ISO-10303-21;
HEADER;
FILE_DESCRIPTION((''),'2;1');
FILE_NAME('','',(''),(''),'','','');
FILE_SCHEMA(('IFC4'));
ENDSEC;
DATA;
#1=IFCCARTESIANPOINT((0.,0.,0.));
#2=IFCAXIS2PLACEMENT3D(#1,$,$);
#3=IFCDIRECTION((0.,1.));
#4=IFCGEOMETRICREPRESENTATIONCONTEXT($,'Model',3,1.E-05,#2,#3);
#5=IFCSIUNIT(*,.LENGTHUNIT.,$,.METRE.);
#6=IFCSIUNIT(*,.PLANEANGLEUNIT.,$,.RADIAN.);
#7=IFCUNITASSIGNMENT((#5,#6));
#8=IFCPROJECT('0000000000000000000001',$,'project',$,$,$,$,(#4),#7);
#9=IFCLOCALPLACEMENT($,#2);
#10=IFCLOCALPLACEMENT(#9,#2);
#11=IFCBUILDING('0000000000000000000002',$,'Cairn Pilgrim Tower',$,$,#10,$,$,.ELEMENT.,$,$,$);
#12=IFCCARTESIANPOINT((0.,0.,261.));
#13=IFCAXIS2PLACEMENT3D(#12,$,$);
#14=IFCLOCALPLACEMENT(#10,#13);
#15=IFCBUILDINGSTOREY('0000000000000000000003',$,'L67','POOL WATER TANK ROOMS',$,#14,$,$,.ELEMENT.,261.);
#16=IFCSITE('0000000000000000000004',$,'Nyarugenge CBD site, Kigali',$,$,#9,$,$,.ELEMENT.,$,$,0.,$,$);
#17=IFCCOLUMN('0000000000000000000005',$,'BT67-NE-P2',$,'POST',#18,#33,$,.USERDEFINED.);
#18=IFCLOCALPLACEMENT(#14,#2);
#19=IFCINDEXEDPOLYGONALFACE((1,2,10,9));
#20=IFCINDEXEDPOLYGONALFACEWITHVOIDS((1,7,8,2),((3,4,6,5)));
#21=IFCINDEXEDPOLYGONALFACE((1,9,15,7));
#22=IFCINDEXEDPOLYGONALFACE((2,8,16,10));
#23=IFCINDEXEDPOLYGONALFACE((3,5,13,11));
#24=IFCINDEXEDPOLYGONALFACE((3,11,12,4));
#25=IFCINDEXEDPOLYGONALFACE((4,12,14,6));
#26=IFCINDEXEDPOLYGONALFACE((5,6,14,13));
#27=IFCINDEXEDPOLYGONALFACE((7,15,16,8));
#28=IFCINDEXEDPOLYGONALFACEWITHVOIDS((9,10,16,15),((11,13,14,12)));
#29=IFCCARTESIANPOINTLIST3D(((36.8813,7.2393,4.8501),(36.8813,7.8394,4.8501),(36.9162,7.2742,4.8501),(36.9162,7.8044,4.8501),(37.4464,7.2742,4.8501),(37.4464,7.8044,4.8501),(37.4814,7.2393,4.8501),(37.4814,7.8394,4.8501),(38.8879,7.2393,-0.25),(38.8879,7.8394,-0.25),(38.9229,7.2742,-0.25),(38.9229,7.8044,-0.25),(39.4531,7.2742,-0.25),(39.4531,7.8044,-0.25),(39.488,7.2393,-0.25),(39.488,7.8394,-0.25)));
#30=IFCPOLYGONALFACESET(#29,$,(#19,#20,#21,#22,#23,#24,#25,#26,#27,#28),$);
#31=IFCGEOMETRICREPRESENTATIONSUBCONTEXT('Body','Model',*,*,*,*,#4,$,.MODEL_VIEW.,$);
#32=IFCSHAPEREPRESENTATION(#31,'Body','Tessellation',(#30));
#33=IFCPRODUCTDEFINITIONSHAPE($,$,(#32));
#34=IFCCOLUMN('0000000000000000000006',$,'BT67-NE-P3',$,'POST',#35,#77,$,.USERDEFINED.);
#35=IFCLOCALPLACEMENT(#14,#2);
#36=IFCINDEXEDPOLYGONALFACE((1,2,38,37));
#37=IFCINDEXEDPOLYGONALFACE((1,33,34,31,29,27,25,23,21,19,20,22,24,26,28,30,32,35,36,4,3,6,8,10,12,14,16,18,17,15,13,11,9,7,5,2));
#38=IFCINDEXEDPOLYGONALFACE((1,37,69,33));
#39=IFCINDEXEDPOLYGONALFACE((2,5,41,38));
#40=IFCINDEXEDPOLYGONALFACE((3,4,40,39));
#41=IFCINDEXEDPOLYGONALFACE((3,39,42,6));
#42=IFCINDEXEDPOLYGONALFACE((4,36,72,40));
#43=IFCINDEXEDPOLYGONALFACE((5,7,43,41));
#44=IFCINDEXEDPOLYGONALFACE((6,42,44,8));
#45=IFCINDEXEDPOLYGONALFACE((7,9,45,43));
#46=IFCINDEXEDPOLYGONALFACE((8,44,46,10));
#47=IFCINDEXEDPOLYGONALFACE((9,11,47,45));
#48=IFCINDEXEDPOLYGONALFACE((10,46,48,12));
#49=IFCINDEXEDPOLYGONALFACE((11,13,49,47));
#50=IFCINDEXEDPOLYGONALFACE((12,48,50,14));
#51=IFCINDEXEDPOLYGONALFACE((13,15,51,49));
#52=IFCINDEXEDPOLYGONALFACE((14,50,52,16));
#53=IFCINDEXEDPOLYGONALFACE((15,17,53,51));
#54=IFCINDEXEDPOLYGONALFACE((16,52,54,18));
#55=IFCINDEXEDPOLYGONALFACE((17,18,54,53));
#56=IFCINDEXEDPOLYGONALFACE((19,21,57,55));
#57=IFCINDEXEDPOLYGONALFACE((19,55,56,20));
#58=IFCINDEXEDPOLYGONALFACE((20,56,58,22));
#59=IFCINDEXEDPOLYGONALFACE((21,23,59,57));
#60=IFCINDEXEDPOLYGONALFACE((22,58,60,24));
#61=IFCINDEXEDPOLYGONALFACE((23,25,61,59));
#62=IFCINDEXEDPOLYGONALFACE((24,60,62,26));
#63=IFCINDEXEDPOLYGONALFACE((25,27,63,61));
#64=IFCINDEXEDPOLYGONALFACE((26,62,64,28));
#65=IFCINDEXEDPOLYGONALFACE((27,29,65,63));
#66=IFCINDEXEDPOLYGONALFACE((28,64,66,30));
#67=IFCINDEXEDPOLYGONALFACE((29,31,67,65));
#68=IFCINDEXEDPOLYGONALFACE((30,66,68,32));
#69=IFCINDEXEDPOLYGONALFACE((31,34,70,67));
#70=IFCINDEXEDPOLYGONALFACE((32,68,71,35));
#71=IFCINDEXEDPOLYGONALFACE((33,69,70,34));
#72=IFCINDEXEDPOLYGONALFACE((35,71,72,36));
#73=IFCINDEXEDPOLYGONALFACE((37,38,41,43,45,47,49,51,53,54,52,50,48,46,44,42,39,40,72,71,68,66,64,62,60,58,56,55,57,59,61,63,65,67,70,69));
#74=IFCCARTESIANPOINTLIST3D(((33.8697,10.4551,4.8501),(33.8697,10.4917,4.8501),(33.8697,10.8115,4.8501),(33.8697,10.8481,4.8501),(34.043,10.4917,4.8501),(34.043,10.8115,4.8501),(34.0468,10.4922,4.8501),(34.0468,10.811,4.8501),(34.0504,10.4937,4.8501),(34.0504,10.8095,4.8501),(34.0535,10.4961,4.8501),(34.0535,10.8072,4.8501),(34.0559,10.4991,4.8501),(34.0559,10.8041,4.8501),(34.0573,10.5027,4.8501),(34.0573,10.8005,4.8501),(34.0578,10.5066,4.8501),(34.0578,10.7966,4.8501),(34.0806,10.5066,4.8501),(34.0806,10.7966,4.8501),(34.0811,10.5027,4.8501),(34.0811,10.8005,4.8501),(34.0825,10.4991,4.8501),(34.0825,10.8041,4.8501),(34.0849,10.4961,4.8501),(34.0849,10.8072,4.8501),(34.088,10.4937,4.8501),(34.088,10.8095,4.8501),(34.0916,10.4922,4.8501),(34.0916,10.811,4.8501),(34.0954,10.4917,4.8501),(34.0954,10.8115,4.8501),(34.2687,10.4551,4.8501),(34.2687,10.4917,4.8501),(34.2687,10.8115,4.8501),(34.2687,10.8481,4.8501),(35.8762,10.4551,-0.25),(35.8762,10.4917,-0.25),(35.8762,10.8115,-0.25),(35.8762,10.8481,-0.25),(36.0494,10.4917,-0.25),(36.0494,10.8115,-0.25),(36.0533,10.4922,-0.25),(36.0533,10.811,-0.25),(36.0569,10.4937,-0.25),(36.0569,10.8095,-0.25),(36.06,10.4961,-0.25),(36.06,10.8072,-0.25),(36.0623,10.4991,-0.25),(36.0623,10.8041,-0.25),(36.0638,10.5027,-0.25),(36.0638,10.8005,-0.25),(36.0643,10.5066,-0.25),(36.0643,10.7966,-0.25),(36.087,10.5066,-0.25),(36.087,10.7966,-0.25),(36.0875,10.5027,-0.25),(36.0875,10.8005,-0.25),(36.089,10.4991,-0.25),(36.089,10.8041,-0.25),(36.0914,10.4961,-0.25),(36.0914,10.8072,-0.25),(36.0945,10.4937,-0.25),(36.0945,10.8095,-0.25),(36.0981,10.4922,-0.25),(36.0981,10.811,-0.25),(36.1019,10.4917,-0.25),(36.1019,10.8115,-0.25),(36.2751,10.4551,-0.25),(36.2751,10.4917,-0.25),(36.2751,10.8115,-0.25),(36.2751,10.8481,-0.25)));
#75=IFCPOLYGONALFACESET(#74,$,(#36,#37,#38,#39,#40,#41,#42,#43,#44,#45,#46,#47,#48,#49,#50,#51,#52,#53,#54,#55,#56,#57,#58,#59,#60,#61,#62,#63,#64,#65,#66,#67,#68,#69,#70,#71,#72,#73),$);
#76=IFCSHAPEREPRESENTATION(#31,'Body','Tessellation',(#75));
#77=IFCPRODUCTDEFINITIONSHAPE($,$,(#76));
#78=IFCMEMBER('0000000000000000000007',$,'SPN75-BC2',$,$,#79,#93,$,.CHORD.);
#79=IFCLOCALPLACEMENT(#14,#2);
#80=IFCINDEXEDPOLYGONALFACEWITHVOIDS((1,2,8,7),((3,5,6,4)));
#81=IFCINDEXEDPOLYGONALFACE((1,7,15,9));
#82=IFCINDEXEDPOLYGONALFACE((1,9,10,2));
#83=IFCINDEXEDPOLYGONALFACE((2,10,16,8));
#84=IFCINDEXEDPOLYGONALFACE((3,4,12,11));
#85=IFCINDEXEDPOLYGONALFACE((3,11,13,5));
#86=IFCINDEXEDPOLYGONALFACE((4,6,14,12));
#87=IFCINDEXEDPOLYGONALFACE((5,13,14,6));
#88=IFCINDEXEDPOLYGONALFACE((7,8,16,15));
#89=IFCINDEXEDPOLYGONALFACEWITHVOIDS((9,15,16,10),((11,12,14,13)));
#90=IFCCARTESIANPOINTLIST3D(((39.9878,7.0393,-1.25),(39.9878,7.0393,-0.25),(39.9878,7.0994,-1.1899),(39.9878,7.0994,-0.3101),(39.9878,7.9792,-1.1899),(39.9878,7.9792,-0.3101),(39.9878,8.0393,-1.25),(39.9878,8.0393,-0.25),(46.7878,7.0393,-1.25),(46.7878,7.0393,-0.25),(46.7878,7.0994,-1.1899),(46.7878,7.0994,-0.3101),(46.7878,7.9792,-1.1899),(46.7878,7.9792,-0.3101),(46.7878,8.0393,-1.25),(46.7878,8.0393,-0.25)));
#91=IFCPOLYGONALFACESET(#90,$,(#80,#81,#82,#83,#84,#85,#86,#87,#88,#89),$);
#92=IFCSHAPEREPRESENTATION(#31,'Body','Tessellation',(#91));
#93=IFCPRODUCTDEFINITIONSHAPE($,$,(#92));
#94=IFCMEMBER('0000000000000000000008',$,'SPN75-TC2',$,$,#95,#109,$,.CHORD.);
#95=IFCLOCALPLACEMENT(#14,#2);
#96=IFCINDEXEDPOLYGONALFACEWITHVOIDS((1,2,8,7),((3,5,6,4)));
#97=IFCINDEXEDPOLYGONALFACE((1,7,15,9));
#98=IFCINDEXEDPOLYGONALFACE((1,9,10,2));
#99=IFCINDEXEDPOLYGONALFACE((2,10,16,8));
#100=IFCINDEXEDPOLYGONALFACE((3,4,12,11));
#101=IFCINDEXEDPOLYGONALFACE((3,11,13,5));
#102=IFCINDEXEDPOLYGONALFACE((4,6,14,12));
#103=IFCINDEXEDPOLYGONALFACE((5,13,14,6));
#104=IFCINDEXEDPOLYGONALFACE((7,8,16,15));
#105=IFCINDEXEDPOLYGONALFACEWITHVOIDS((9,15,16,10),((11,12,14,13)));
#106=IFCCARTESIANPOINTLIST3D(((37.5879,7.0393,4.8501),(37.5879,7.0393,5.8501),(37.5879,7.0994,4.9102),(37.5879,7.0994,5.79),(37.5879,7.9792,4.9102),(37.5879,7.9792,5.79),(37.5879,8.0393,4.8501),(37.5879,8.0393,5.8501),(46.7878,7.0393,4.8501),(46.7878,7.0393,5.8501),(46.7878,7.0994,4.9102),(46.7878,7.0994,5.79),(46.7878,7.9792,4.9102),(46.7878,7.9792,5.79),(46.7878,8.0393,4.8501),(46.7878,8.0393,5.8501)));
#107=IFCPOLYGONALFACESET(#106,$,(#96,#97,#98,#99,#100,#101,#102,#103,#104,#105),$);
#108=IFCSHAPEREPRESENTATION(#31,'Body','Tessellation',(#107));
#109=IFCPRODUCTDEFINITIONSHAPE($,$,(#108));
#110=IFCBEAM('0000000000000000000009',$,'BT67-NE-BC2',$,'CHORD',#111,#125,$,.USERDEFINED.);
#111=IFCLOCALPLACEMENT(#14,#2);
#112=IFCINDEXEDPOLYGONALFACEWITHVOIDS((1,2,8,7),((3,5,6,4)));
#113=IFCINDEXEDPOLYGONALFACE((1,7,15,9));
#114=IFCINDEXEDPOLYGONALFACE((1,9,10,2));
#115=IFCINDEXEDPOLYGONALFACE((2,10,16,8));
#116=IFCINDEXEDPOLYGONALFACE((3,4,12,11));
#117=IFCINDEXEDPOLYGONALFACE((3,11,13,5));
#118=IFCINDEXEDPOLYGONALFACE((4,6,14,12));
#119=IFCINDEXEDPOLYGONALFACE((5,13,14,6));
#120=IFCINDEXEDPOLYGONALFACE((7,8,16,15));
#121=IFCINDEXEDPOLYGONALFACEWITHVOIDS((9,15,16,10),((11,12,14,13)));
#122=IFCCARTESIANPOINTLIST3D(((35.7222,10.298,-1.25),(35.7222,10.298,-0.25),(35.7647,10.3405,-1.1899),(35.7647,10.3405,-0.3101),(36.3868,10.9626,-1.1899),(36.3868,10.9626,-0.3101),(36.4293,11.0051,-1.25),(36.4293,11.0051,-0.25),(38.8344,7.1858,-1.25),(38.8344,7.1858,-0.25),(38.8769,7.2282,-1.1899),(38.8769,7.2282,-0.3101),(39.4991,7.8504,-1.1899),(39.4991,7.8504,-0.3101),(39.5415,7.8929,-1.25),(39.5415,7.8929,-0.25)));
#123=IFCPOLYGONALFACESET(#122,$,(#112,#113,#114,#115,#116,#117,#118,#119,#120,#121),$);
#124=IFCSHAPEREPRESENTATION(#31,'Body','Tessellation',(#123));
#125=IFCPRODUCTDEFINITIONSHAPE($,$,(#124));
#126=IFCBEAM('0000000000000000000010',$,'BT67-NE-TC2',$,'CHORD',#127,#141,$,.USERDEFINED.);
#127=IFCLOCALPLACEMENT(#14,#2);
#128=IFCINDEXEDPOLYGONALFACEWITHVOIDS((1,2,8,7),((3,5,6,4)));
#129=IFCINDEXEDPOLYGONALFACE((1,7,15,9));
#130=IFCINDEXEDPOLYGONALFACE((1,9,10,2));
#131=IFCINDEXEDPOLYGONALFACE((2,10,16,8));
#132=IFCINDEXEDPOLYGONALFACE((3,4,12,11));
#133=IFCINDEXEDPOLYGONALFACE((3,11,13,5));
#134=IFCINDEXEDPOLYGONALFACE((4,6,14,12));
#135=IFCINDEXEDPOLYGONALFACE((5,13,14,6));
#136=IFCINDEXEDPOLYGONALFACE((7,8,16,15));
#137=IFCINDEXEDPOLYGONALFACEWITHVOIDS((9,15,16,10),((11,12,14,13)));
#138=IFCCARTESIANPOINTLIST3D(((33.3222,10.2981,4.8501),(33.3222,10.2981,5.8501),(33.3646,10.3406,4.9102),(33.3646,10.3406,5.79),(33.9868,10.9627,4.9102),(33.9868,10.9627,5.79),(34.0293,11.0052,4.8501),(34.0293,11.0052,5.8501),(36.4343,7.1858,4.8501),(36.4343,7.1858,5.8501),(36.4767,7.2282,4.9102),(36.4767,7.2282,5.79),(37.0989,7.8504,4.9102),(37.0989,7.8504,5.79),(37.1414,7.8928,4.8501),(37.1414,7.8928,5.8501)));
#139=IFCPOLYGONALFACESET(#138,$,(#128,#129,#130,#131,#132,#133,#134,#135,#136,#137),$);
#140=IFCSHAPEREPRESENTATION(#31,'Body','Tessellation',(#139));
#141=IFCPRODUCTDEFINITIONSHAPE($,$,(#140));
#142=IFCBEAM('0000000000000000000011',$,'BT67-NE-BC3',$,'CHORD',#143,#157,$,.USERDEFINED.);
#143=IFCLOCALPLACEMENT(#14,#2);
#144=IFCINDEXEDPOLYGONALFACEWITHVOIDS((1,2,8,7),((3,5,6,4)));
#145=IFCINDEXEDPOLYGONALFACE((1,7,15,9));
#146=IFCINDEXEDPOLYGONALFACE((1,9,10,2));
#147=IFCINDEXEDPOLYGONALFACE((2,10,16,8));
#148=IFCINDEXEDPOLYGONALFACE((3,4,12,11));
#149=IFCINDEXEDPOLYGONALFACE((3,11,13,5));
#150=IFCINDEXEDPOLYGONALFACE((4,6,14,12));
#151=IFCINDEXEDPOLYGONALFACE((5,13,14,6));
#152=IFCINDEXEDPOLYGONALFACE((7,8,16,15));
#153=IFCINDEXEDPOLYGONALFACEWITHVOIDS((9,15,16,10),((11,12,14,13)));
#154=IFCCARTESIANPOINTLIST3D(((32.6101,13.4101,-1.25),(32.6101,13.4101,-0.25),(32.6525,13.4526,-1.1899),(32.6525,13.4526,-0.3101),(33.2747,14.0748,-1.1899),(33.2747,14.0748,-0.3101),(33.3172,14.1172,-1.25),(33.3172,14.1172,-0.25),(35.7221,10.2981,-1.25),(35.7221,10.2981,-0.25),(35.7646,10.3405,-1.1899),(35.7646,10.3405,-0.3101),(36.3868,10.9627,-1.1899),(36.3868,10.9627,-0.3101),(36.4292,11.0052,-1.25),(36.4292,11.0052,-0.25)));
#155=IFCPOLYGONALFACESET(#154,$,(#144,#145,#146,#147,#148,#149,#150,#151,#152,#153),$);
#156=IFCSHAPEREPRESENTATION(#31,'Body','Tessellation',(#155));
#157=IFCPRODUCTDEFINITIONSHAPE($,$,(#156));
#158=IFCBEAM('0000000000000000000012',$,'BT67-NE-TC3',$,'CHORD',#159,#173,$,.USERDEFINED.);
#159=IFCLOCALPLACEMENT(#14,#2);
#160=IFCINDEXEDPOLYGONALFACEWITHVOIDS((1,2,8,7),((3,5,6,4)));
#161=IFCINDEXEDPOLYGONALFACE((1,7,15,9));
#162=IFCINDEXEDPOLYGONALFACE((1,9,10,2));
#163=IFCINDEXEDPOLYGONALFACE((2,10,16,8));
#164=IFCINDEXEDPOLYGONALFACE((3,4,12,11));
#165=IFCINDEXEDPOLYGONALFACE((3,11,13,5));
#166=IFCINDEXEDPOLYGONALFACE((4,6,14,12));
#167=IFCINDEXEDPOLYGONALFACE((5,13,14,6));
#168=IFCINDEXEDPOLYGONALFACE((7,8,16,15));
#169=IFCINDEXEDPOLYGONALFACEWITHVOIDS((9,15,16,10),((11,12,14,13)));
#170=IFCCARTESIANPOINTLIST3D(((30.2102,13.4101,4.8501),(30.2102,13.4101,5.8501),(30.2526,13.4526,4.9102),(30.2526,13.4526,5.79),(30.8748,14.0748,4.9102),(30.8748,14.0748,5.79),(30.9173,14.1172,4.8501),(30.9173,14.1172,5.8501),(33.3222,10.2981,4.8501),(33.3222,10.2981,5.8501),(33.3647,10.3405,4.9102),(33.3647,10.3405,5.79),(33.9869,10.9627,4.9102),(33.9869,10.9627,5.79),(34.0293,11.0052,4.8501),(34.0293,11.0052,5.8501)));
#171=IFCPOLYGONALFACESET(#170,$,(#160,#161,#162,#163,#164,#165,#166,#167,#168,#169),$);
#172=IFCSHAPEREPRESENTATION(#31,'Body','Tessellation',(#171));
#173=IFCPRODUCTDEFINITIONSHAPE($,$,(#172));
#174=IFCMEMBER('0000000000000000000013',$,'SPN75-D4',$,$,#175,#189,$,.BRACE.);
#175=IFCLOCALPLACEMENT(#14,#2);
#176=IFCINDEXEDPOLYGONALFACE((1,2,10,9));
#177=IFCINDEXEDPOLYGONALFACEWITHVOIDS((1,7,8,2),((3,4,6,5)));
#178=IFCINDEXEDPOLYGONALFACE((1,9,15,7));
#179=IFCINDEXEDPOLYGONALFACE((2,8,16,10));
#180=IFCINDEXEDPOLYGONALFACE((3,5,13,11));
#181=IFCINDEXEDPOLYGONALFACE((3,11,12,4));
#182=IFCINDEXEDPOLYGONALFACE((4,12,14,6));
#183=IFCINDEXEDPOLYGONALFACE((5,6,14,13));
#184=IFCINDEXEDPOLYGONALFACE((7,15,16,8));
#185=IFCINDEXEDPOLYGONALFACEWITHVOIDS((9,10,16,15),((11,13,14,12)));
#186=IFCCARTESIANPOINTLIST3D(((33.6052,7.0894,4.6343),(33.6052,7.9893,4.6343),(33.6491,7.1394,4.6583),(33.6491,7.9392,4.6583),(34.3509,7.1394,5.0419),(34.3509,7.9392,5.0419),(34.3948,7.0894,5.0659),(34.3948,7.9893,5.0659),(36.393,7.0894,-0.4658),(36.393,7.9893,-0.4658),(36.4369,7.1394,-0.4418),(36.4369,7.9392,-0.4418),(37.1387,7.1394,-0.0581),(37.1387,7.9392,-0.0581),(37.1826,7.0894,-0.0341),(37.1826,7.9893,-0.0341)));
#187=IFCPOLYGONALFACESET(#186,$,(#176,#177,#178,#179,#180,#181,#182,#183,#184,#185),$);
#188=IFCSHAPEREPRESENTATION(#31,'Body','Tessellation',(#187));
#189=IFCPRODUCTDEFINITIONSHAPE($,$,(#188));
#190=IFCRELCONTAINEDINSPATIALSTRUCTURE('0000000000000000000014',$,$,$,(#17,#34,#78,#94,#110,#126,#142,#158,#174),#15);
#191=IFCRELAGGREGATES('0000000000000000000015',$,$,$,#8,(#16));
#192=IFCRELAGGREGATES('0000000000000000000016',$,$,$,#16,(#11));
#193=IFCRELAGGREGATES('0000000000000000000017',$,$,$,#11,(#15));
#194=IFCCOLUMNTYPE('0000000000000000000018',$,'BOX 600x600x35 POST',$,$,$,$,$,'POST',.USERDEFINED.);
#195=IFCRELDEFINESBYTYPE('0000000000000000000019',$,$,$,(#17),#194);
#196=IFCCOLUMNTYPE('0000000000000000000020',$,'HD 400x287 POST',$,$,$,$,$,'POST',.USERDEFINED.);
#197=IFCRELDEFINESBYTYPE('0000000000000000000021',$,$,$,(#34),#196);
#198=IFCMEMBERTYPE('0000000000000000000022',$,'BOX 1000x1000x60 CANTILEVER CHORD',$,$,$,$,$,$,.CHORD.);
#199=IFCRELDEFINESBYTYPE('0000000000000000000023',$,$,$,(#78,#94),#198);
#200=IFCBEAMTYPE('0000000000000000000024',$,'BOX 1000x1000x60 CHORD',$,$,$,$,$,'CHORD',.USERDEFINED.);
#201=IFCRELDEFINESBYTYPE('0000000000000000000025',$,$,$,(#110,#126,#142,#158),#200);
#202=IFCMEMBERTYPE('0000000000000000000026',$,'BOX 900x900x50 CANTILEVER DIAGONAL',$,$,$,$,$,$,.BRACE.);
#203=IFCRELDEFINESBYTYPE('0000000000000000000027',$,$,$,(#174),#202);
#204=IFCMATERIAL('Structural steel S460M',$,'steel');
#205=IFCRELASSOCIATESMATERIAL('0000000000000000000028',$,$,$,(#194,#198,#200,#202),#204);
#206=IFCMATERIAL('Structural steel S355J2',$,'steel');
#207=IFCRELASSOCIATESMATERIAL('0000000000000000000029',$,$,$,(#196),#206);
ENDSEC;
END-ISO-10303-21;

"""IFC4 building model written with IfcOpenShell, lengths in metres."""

from ifc_helpers import new_model, si_unit, direction, frame, origin, origin_2d, place, context, subcontext, project, spatial, hollow_rectangle, i_section, extrude, clip, halfspace, material, material_profile, profile_set, type_object, element, save


model = new_model("IFC4")

# Units and contexts
model_context = context("Model", 3, precision=1e-05, world=origin(), true_north=direction((0.0, 1.0)))
body_context = subcontext(model_context, "Body", "Model", "MODEL_VIEW")
ifc_project = project(units=[si_unit("LENGTHUNIT", "METRE"), si_unit("PLANEANGLEUNIT", "RADIAN")], contexts=[model_context])

# Site, building, storey
site_placement = place(None, origin())
site = spatial("IfcSite", under=ifc_project, at=site_placement, Name="Nyarugenge CBD site, Kigali", CompositionType="ELEMENT", RefElevation=0.0)
building_placement = place(site_placement, origin())
building = spatial("IfcBuilding", under=site, at=building_placement, Name="Cairn Pilgrim Tower", CompositionType="ELEMENT")
storey_placement = place(building_placement, frame((0.0, 0.0, 261.0)))
storey = spatial("IfcBuildingStorey", under=building, at=storey_placement, Name="L67", Description="POOL WATER TANK ROOMS", CompositionType="ELEMENT", Elevation=261.0)

# Columns
ifc_material_1 = material(Name="Structural steel S460M", Category="steel")
ifc_material_profile_1 = material_profile(ifc_material_1, hollow_rectangle(XDim=0.6001, YDim=0.6001, WallThickness=0.0349, at=origin_2d()), Name="BOX 600x600x35")
ifc_profile_set_1 = profile_set([ifc_material_profile_1], Name="Structural steel S460M")
column_type_1 = type_object("IfcColumnType", Name="BOX 600x600x35 POST", ElementType="POST", PredefinedType="USERDEFINED", material=ifc_profile_set_1)
column_1_placement = place(storey_placement, frame((39.188, 7.5393, -0.25), z_axis=(0.0, 0.0, 1.0), x_axis=(1.0, 0.0, 0.0)))
element("IfcColumn", 1, at=column_1_placement, inside=storey, type_object=column_type_1, Name="BT67-NE-P2", ObjectType="POST", PredefinedType="USERDEFINED", context=body_context, shape_type="Clipping", body=[
    clip(extrude(hollow_rectangle(XDim=0.6001, YDim=0.6001, WallThickness=0.0349, at=origin_2d()), origin(), (-0.366139, 0.0, 0.93056), 6.5552), halfspace(frame((0.0, 0.0, 5.1001), z_axis=(0.0, 0.0, 1.0), x_axis=(1.0, 0.0, 0.0)), False)),
])
ifc_material_2 = material(Name="Structural steel S355J2", Category="steel")
ifc_material_profile_2 = material_profile(ifc_material_2, i_section(OverallWidth=0.3989, OverallDepth=0.3931, WebThickness=0.0227, FlangeThickness=0.0366, FilletRadius=0.0149, at=origin_2d()), Name="HD 400x287")
ifc_profile_set_2 = profile_set([ifc_material_profile_2], Name="Structural steel S355J2")
column_type_2 = type_object("IfcColumnType", Name="HD 400x287 POST", ElementType="POST", PredefinedType="USERDEFINED", material=ifc_profile_set_2)
column_2_placement = place(storey_placement, frame((36.0757, 10.6516, -0.25), z_axis=(0.0, 0.0, 1.0), x_axis=(1.0, 0.0, 0.0)))
element("IfcColumn", 2, at=column_2_placement, inside=storey, type_object=column_type_2, Name="BT67-NE-P3", ObjectType="POST", PredefinedType="USERDEFINED", context=body_context, shape_type="Clipping", body=[
    clip(extrude(i_section(OverallWidth=0.3989, OverallDepth=0.3931, WebThickness=0.0227, FlangeThickness=0.0366, FilletRadius=0.0149, at=origin_2d()), origin(), (-0.366106, 0.0, 0.930573), 6.5552), halfspace(frame((0.0, 0.0, 5.1001), z_axis=(0.0, 0.0, 1.0), x_axis=(1.0, 0.0, 0.0)), False)),
])

# Members
ifc_material_profile_3 = material_profile(ifc_material_1, hollow_rectangle(XDim=1.0, YDim=1.0, WallThickness=0.0601, at=origin_2d()), Name="BOX 1000x1000x60")
ifc_profile_set_3 = profile_set([ifc_material_profile_3], Name="Structural steel S460M")
member_type_1 = type_object("IfcMemberType", Name="BOX 1000x1000x60 CANTILEVER CHORD", PredefinedType="CHORD", material=ifc_profile_set_3)
member_1_placement = place(storey_placement, frame((39.9878, 7.5393, -0.75), z_axis=(1.0, 0.0, 0.0), x_axis=(0.0, 1.0, 0.0)))
element("IfcMember", 3, at=member_1_placement, inside=storey, type_object=member_type_1, Name="SPN75-BC2", PredefinedType="CHORD", context=body_context, shape_type="SweptSolid", body=[
    extrude(hollow_rectangle(XDim=1.0, YDim=1.0, WallThickness=0.0601, at=origin_2d()), origin(), (0.0, 0.0, 1.0), 6.8),
])
member_2_placement = place(storey_placement, frame((37.5879, 7.5393, 5.3501), z_axis=(1.0, 0.0, 0.0), x_axis=(0.0, 1.0, 0.0)))
element("IfcMember", 4, at=member_2_placement, inside=storey, type_object=member_type_1, Name="SPN75-TC2", PredefinedType="CHORD", context=body_context, shape_type="SweptSolid", body=[
    extrude(hollow_rectangle(XDim=1.0, YDim=1.0, WallThickness=0.0601, at=origin_2d()), origin(), (0.0, 0.0, 1.0), 9.2),
])

# Beams
ifc_material_profile_4 = material_profile(ifc_material_1, hollow_rectangle(XDim=1.0, YDim=1.0, WallThickness=0.0601, at=origin_2d()), Name="BOX 1000x1000x60")
ifc_profile_set_4 = profile_set([ifc_material_profile_4], Name="Structural steel S460M")
beam_type_1 = type_object("IfcBeamType", Name="BOX 1000x1000x60 CHORD", ElementType="CHORD", PredefinedType="USERDEFINED", material=ifc_profile_set_4)
for number, where, z_axis, x_axis, name in (
    (5, (39.188, 7.5393, -0.75), (-0.707107, 0.707107, 0.0), (-0.707107, -0.707107, 0.0), "BT67-NE-BC2"),
    (6, (36.7878, 7.5393, 5.3501), (-0.707079, 0.707135, 0.0), (-0.707135, -0.707079, 0.0), "BT67-NE-TC2"),
):
    element("IfcBeam", number, at=place(storey_placement, frame(where, z_axis=z_axis, x_axis=x_axis)), inside=storey, type_object=beam_type_1, Name=name, ObjectType="CHORD", PredefinedType="USERDEFINED", context=body_context, shape_type="SweptSolid", body=[
        extrude(hollow_rectangle(XDim=1.0, YDim=1.0, WallThickness=0.0601, at=origin_2d()), origin(), (0.0, 0.0, 1.0), 4.4014),
    ])
for number, where, z_axis, x_axis, name in (
    (7, (36.0757, 10.6516, -0.75), (-0.707107, 0.707107, 0.0), (-0.707107, -0.707107, 0.0), "BT67-NE-BC3"),
    (8, (33.6758, 10.6516, 5.3501), (-0.707107, 0.707107, 0.0), (-0.707107, -0.707107, 0.0), "BT67-NE-TC3"),
):
    element("IfcBeam", number, at=place(storey_placement, frame(where, z_axis=z_axis, x_axis=x_axis)), inside=storey, type_object=beam_type_1, Name=name, ObjectType="CHORD", PredefinedType="USERDEFINED", context=body_context, shape_type="SweptSolid", body=[
        extrude(hollow_rectangle(XDim=1.0, YDim=1.0, WallThickness=0.0601, at=origin_2d()), origin(), (0.0, 0.0, 1.0), 4.4011),
    ])

# Member
ifc_material_profile_5 = material_profile(ifc_material_1, hollow_rectangle(XDim=0.8999, YDim=0.8999, WallThickness=0.05, at=origin_2d()), Name="BOX 900x900x50")
ifc_profile_set_5 = profile_set([ifc_material_profile_5], Name="Structural steel S460M")
member_type_2 = type_object("IfcMemberType", Name="BOX 900x900x50 CANTILEVER DIAGONAL", PredefinedType="BRACE", material=ifc_profile_set_5)
member_3_placement = place(storey_placement, frame((34.0, 7.5393, 4.8501), z_axis=(0.479644, 0.0, -0.877463), x_axis=(0.0, 1.0, 0.0)))
element("IfcMember", 9, at=member_3_placement, inside=storey, type_object=member_type_2, Name="SPN75-D4", PredefinedType="BRACE", context=body_context, shape_type="SweptSolid", body=[
    extrude(hollow_rectangle(XDim=0.8999, YDim=0.8999, WallThickness=0.05, at=origin_2d()), origin(), (0.0, 0.0, 1.0), 5.8123),
])

save(model, "model.ifc")
